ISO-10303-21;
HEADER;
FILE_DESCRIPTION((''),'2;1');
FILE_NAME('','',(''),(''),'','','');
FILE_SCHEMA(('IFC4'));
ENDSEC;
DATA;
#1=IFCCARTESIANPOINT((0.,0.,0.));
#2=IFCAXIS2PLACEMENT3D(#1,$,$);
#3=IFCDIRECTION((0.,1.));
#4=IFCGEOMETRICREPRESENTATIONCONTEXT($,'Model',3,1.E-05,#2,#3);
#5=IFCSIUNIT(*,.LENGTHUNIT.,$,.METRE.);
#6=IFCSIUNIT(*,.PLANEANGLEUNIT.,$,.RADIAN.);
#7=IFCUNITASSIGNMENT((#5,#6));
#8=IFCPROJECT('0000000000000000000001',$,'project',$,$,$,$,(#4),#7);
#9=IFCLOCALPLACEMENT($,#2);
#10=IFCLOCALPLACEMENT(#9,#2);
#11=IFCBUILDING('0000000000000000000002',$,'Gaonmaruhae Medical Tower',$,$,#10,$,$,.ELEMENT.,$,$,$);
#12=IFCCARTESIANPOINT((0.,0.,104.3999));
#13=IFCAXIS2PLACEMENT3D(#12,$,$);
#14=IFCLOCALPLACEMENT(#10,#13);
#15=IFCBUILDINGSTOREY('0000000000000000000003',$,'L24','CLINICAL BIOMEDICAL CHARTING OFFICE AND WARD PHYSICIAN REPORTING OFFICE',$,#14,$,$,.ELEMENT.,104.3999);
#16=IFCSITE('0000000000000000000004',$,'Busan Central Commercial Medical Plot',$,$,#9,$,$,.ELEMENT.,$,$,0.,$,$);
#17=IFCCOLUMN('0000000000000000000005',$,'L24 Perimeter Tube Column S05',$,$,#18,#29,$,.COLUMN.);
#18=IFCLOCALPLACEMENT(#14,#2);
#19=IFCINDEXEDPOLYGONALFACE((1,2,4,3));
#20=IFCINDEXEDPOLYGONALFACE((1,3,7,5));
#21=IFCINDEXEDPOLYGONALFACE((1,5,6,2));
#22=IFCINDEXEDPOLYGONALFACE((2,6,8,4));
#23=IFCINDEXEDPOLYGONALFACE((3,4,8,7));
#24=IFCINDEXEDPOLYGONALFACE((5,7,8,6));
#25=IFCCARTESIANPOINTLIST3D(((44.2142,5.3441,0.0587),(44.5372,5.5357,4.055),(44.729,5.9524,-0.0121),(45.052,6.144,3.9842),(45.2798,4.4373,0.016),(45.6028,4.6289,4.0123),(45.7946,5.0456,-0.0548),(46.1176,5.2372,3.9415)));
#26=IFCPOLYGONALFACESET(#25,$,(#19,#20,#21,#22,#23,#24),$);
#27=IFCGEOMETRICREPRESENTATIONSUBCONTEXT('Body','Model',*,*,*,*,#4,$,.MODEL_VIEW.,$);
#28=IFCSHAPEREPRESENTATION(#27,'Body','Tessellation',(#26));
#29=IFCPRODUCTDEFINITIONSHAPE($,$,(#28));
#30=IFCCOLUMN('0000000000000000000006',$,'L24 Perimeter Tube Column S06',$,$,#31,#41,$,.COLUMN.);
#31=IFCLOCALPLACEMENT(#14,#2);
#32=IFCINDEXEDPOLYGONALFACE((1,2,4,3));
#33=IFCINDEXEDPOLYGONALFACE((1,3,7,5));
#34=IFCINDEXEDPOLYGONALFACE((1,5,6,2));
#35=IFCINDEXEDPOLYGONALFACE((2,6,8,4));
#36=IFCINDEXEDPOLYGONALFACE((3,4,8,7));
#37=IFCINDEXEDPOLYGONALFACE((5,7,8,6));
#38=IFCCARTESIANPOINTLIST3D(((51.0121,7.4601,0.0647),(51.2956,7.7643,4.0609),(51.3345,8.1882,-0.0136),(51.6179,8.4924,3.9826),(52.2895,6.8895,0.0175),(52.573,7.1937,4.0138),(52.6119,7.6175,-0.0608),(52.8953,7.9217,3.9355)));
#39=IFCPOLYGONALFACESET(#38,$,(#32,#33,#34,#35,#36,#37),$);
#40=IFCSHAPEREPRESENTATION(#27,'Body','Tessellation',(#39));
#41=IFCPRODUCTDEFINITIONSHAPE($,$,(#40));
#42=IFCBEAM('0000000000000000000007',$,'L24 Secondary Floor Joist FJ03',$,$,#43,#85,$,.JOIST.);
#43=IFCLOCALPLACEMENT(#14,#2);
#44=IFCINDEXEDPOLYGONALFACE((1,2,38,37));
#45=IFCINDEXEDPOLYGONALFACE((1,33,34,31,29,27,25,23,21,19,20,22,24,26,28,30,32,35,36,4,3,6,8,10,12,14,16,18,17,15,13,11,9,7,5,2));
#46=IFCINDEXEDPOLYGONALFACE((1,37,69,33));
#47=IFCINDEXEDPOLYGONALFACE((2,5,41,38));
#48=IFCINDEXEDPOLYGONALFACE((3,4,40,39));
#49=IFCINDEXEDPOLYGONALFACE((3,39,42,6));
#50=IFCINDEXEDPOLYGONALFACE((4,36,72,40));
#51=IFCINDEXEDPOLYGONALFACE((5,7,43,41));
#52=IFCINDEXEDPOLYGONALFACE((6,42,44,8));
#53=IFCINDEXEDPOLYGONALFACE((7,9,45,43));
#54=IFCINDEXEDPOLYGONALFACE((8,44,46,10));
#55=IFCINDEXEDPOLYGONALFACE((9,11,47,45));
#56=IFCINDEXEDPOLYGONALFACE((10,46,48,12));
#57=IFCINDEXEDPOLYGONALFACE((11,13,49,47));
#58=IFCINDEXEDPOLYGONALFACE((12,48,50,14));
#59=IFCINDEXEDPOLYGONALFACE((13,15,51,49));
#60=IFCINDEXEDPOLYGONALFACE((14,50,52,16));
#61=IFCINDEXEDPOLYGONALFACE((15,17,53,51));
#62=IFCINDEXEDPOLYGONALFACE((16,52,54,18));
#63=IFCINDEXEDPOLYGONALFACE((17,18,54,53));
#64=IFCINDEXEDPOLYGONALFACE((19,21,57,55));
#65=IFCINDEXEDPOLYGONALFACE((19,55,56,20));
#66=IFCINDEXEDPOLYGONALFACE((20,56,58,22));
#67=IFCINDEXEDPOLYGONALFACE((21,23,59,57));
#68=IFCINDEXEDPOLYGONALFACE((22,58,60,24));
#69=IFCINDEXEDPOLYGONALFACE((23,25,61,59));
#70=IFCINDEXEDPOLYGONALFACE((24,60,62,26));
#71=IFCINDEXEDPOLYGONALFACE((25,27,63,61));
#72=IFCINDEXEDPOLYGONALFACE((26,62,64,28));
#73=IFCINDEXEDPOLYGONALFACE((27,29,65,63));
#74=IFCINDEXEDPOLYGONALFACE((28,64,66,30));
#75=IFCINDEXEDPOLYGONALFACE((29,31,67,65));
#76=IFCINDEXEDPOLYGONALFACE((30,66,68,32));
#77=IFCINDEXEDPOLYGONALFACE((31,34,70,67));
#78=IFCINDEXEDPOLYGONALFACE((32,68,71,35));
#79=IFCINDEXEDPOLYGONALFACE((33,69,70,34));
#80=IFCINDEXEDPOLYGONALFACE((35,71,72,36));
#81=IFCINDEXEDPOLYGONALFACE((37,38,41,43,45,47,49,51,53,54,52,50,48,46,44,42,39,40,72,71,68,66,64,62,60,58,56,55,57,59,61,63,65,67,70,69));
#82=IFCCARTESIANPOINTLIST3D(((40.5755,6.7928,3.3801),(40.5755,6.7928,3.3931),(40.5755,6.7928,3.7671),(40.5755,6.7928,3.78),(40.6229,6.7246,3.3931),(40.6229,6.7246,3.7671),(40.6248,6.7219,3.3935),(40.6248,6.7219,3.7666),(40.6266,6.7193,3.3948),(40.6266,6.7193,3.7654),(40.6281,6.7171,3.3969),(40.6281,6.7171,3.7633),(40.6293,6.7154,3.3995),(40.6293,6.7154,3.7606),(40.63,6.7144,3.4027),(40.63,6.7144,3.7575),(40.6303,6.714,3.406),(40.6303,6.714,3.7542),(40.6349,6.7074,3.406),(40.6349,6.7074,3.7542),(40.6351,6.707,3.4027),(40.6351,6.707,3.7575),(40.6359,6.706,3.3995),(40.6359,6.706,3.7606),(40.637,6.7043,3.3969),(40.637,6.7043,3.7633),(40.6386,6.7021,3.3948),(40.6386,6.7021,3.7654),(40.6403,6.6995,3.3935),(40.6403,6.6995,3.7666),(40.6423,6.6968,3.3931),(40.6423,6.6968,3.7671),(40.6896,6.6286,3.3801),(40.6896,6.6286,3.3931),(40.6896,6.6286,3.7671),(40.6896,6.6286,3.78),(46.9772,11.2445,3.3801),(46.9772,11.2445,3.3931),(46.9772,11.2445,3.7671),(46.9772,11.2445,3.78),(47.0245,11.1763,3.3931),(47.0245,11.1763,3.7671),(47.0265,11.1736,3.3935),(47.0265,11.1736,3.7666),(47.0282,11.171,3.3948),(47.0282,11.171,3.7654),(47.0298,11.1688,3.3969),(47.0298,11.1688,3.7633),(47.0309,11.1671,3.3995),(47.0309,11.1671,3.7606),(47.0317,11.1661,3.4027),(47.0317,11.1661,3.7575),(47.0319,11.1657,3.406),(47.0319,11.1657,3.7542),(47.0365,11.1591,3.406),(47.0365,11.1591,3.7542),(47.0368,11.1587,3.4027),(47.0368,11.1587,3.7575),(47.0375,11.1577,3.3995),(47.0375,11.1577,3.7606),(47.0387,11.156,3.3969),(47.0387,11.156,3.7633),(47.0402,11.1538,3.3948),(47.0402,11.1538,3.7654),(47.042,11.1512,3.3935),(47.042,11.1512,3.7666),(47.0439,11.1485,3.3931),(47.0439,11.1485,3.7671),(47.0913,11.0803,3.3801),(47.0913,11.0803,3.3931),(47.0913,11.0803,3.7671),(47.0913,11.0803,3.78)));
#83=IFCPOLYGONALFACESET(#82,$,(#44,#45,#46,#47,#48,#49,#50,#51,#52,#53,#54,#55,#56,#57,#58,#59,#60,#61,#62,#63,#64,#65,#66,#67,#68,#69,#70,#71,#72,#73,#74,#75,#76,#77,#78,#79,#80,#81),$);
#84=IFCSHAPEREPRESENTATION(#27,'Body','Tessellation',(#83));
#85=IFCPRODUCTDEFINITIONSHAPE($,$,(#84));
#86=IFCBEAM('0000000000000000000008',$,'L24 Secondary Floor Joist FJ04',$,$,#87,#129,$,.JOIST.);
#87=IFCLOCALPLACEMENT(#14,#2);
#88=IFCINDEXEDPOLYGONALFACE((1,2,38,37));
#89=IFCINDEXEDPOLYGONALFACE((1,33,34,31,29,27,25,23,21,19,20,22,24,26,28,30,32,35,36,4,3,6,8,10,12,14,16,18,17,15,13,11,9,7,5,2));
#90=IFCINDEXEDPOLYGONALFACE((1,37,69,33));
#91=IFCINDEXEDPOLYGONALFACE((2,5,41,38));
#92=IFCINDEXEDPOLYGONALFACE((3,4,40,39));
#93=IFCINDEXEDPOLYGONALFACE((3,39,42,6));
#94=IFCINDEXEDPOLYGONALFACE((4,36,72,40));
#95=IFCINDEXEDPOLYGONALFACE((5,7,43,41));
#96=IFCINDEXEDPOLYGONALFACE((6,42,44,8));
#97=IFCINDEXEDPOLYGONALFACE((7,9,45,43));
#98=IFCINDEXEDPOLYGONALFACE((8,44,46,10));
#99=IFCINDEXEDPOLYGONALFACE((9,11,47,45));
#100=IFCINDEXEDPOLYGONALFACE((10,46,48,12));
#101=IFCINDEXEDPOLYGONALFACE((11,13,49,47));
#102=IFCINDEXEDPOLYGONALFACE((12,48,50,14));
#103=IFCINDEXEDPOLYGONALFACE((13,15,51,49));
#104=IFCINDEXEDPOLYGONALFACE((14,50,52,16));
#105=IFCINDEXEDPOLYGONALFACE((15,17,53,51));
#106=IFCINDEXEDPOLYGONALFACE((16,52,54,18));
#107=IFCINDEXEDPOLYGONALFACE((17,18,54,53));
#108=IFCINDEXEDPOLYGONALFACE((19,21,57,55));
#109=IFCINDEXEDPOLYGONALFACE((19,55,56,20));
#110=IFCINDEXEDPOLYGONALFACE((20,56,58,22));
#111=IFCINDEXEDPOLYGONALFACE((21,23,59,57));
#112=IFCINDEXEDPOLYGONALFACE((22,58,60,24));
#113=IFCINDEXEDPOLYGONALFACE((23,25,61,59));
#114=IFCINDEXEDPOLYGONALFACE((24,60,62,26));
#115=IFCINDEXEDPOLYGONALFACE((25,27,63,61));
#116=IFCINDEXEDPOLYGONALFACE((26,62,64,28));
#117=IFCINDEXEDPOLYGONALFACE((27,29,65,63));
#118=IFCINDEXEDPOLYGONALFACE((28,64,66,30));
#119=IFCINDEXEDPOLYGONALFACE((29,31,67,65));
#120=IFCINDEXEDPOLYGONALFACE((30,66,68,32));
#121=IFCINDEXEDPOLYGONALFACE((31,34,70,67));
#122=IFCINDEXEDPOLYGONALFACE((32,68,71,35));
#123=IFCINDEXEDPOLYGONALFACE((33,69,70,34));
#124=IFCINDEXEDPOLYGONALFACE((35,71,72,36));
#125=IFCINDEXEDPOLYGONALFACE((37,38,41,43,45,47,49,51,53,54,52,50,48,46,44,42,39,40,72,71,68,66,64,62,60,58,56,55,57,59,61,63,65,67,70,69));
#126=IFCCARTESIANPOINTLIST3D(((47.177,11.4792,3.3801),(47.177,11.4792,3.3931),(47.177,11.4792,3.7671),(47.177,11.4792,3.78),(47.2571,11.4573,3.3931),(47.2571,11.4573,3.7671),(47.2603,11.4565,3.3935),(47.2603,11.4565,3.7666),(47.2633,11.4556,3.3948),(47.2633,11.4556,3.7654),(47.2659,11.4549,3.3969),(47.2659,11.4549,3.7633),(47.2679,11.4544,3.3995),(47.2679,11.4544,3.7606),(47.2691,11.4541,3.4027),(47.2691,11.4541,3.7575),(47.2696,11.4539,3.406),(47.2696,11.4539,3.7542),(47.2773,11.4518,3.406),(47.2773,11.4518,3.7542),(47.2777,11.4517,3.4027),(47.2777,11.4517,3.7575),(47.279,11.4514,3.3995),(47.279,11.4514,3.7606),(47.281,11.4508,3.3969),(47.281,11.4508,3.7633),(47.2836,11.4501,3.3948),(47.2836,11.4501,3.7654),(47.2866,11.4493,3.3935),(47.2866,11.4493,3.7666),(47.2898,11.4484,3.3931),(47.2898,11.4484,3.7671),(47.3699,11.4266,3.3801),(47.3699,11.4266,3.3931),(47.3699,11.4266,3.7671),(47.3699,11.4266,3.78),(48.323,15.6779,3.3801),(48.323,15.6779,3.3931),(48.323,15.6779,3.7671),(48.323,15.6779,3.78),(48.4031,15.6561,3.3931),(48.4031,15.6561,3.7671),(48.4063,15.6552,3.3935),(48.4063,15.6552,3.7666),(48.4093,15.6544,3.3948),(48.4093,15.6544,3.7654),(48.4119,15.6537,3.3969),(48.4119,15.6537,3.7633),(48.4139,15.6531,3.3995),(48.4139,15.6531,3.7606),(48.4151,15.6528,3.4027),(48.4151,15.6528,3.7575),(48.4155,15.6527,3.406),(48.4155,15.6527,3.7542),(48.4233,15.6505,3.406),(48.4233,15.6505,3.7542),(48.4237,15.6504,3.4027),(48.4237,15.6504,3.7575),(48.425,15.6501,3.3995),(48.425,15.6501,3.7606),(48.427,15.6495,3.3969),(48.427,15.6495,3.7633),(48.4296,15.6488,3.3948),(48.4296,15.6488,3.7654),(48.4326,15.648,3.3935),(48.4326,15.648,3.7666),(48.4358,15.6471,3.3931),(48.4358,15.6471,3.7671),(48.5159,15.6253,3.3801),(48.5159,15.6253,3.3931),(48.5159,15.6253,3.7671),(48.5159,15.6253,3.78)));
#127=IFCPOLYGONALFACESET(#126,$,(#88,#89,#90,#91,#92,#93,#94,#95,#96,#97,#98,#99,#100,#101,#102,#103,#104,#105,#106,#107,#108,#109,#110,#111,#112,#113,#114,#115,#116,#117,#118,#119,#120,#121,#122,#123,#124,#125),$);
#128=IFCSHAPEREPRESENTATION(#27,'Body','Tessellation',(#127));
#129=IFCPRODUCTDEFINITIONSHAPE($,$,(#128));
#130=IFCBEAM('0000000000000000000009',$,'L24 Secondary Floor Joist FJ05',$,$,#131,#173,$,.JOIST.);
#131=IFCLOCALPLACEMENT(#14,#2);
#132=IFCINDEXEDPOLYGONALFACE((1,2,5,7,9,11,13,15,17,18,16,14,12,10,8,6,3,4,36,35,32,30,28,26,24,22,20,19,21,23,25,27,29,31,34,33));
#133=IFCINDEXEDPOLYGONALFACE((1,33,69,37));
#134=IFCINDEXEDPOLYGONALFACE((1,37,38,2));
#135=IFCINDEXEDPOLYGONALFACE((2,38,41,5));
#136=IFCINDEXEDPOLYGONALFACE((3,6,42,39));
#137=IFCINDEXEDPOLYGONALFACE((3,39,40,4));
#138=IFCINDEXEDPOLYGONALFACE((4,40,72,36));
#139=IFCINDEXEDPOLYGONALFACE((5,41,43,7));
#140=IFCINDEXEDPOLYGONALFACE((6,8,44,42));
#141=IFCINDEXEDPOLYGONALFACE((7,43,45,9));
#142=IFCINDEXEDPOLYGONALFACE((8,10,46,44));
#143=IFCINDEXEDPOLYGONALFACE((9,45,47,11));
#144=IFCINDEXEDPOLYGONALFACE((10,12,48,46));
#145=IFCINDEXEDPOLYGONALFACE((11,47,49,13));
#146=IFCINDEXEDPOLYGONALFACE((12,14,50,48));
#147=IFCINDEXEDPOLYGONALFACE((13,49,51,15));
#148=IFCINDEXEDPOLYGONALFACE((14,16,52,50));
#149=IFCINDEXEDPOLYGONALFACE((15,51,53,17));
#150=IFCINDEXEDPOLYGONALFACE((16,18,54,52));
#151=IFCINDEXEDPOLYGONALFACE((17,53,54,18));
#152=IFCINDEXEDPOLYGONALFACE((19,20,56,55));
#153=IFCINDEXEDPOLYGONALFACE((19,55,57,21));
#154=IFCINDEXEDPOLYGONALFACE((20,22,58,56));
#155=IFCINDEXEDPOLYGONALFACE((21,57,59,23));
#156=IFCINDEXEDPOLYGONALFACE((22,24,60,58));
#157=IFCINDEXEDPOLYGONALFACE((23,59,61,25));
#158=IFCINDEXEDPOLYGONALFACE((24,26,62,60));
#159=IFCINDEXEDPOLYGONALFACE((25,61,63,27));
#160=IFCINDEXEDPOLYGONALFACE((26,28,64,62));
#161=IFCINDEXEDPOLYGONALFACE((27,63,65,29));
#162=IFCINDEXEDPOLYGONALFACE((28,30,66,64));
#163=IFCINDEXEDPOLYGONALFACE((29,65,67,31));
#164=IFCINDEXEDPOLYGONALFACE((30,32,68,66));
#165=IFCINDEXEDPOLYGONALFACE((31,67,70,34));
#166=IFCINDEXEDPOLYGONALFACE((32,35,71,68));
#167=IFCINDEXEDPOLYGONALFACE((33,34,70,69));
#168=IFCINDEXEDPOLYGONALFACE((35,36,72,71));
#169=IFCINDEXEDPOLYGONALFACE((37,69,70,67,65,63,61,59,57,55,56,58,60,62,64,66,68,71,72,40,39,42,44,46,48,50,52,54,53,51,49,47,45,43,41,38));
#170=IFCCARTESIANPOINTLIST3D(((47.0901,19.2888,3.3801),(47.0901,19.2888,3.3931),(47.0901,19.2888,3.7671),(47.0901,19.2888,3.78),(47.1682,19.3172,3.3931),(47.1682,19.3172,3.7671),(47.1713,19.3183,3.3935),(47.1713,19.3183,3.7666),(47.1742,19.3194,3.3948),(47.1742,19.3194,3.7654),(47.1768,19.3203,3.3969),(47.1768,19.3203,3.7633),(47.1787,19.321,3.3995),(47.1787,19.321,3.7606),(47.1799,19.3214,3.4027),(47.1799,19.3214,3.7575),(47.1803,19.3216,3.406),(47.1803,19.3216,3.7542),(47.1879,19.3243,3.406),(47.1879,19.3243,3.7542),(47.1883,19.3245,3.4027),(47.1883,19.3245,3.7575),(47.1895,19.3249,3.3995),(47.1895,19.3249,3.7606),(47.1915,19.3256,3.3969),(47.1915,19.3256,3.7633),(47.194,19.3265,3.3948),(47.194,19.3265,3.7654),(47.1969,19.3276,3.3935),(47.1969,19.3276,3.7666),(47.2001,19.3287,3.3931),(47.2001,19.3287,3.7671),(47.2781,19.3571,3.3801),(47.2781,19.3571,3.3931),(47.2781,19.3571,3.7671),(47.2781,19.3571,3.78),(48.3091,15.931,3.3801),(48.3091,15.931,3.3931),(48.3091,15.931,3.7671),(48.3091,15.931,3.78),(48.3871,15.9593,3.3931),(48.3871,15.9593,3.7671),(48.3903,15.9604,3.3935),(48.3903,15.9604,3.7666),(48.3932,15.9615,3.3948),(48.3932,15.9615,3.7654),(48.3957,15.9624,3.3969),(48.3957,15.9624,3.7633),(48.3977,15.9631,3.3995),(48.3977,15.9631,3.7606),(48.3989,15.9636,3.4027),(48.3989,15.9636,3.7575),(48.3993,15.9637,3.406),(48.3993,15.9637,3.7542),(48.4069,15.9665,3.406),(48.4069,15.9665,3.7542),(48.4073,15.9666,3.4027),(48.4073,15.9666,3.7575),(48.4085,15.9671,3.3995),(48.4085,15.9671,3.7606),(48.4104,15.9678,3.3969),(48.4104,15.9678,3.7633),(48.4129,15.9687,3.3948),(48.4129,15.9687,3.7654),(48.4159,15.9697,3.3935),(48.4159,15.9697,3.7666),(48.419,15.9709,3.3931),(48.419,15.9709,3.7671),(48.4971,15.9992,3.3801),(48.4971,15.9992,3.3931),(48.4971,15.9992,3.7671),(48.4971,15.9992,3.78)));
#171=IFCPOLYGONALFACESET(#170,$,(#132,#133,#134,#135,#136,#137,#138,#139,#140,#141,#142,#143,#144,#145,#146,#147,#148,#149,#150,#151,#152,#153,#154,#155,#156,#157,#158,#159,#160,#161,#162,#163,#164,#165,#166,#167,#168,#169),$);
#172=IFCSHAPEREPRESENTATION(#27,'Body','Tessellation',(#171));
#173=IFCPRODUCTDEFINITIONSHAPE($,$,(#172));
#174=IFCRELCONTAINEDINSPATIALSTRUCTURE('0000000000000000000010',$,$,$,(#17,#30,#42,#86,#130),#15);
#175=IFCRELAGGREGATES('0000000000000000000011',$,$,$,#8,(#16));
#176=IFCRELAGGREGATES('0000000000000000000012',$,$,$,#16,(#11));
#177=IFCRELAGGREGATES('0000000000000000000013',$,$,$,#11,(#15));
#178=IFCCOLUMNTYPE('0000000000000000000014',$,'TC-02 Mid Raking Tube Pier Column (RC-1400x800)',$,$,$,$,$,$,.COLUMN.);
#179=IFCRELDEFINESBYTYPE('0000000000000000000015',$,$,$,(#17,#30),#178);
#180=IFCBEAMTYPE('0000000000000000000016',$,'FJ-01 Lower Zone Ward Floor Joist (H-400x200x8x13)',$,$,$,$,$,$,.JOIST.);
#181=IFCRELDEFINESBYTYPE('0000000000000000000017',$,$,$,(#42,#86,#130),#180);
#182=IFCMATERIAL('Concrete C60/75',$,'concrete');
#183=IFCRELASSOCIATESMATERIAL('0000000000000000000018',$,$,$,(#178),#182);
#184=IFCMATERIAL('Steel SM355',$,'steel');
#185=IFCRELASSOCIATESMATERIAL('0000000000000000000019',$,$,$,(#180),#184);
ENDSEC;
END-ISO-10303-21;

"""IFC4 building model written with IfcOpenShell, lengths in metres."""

from ifc_helpers import new_model, si_unit, direction, frame, origin, origin_2d, place, context, subcontext, project, spatial, rectangle, i_section, extrude, material, material_profile, profile_set, type_object, element, save


model = new_model("IFC4")

# Units and contexts
model_context = context("Model", 3, precision=1e-05, world=origin(), true_north=direction((0.0, 1.0)))
body_context = subcontext(model_context, "Body", "Model", "MODEL_VIEW")
ifc_project = project(units=[si_unit("LENGTHUNIT", "METRE"), si_unit("PLANEANGLEUNIT", "RADIAN")], contexts=[model_context])

# Site, building, storey
site_placement = place(None, origin())
site = spatial("IfcSite", under=ifc_project, at=site_placement, Name="Busan Central Commercial Medical Plot", CompositionType="ELEMENT", RefElevation=0.0)
building_placement = place(site_placement, origin())
building = spatial("IfcBuilding", under=site, at=building_placement, Name="Gaonmaruhae Medical Tower", CompositionType="ELEMENT")
storey_placement = place(building_placement, frame((0.0, 0.0, 104.3999)))
storey = spatial("IfcBuildingStorey", under=building, at=storey_placement, Name="L24", Description="CLINICAL BIOMEDICAL CHARTING OFFICE AND WARD PHYSICIAN REPORTING OFFICE", CompositionType="ELEMENT", Elevation=104.3999)

# Columns
ifc_material_1 = material(Name="Concrete C60/75", Category="concrete")
ifc_material_profile_1 = material_profile(ifc_material_1, rectangle(XDim=1.3999, YDim=0.8, at=origin_2d()), Name="RC-1400x800")
ifc_profile_set_1 = profile_set([ifc_material_profile_1], Name="Concrete C60/75")
column_type = type_object("IfcColumnType", Name="TC-02 Mid Raking Tube Pier Column (RC-1400x800)", PredefinedType="COLUMN", material=ifc_profile_set_1)
column_1_placement = place(storey_placement, frame((45.0044, 5.1948, 0.002), z_axis=(0.080469, 0.047746, 0.995613), x_axis=(-0.761245, 0.647749, 0.030463)))
element("IfcColumn", 1, at=column_1_placement, inside=storey, type_object=column_type, Name="L24 Perimeter Tube Column S05", PredefinedType="COLUMN", context=body_context, shape_type="SweptSolid", body=[
    extrude(rectangle(XDim=1.3999, YDim=0.8, at=origin_2d()), origin(), (0.0, 0.0, 1.0), 4.0139),
])
column_2_placement = place(storey_placement, frame((51.812, 7.5388, 0.002), z_axis=(0.070546, 0.075711, 0.994631), x_axis=(-0.912513, 0.407657, 0.033691)))
element("IfcColumn", 2, at=column_2_placement, inside=storey, type_object=column_type, Name="L24 Perimeter Tube Column S06", PredefinedType="COLUMN", context=body_context, shape_type="SweptSolid", body=[
    extrude(rectangle(XDim=1.3999, YDim=0.8, at=origin_2d()), origin(), (0.0, 0.0, 1.0), 4.0178),
])

# Beams
ifc_material_2 = material(Name="Steel SM355", Category="steel")
ifc_material_profile_2 = material_profile(ifc_material_2, i_section(OverallWidth=0.2, OverallDepth=0.3999, WebThickness=0.0081, FlangeThickness=0.0129, FilletRadius=0.0129, at=origin_2d()), Name="H-400x200x8x13")
ifc_profile_set_2 = profile_set([ifc_material_profile_2], Name="Steel SM355")
beam_type_1 = type_object("IfcBeamType", Name="FJ-01 Lower Zone Ward Floor Joist (H-400x200x8x13)", PredefinedType="JOIST", material=ifc_profile_set_2)
beam_1_placement = place(storey_placement, frame((40.6326, 6.7107, 3.5801), z_axis=(0.821003, 0.570923, 0.0), x_axis=(-0.570923, 0.821003, 0.0)))
element("IfcBeam", 3, at=beam_1_placement, inside=storey, type_object=beam_type_1, Name="L24 Secondary Floor Joist FJ03", PredefinedType="JOIST", context=body_context, shape_type="SweptSolid", body=[
    extrude(i_section(OverallWidth=0.2, OverallDepth=0.3999, WebThickness=0.0081, FlangeThickness=0.0129, FilletRadius=0.0129, at=origin_2d()), origin(), (0.0, 0.0, 1.0), 7.7974),
])
beam_2_placement = place(storey_placement, frame((47.2734, 11.4529, 3.5801), z_axis=(0.263307, 0.964712, 0.0), x_axis=(-0.964712, 0.263307, 0.0)))
element("IfcBeam", 4, at=beam_2_placement, inside=storey, type_object=beam_type_1, Name="L24 Secondary Floor Joist FJ04", PredefinedType="JOIST", context=body_context, shape_type="SweptSolid", body=[
    extrude(i_section(OverallWidth=0.2, OverallDepth=0.3999, WebThickness=0.0081, FlangeThickness=0.0129, FilletRadius=0.0129, at=origin_2d()), origin(), (0.0, 0.0, 1.0), 4.3523),
])
beam_3_placement = place(storey_placement, frame((48.4031, 15.9651, 3.5801), z_axis=(-0.341233, 0.939979, 0.0), x_axis=(-0.939979, -0.341233, 0.0)))
element("IfcBeam", 5, at=beam_3_placement, inside=storey, type_object=beam_type_1, Name="L24 Secondary Floor Joist FJ05", PredefinedType="JOIST", context=body_context, shape_type="SweptSolid", body=[
    extrude(i_section(OverallWidth=0.2, OverallDepth=0.3999, WebThickness=0.0081, FlangeThickness=0.0129, FilletRadius=0.0129, at=origin_2d()), origin(), (0.0, 0.0, 1.0), 3.5723),
])

save(model, "model.ifc")
